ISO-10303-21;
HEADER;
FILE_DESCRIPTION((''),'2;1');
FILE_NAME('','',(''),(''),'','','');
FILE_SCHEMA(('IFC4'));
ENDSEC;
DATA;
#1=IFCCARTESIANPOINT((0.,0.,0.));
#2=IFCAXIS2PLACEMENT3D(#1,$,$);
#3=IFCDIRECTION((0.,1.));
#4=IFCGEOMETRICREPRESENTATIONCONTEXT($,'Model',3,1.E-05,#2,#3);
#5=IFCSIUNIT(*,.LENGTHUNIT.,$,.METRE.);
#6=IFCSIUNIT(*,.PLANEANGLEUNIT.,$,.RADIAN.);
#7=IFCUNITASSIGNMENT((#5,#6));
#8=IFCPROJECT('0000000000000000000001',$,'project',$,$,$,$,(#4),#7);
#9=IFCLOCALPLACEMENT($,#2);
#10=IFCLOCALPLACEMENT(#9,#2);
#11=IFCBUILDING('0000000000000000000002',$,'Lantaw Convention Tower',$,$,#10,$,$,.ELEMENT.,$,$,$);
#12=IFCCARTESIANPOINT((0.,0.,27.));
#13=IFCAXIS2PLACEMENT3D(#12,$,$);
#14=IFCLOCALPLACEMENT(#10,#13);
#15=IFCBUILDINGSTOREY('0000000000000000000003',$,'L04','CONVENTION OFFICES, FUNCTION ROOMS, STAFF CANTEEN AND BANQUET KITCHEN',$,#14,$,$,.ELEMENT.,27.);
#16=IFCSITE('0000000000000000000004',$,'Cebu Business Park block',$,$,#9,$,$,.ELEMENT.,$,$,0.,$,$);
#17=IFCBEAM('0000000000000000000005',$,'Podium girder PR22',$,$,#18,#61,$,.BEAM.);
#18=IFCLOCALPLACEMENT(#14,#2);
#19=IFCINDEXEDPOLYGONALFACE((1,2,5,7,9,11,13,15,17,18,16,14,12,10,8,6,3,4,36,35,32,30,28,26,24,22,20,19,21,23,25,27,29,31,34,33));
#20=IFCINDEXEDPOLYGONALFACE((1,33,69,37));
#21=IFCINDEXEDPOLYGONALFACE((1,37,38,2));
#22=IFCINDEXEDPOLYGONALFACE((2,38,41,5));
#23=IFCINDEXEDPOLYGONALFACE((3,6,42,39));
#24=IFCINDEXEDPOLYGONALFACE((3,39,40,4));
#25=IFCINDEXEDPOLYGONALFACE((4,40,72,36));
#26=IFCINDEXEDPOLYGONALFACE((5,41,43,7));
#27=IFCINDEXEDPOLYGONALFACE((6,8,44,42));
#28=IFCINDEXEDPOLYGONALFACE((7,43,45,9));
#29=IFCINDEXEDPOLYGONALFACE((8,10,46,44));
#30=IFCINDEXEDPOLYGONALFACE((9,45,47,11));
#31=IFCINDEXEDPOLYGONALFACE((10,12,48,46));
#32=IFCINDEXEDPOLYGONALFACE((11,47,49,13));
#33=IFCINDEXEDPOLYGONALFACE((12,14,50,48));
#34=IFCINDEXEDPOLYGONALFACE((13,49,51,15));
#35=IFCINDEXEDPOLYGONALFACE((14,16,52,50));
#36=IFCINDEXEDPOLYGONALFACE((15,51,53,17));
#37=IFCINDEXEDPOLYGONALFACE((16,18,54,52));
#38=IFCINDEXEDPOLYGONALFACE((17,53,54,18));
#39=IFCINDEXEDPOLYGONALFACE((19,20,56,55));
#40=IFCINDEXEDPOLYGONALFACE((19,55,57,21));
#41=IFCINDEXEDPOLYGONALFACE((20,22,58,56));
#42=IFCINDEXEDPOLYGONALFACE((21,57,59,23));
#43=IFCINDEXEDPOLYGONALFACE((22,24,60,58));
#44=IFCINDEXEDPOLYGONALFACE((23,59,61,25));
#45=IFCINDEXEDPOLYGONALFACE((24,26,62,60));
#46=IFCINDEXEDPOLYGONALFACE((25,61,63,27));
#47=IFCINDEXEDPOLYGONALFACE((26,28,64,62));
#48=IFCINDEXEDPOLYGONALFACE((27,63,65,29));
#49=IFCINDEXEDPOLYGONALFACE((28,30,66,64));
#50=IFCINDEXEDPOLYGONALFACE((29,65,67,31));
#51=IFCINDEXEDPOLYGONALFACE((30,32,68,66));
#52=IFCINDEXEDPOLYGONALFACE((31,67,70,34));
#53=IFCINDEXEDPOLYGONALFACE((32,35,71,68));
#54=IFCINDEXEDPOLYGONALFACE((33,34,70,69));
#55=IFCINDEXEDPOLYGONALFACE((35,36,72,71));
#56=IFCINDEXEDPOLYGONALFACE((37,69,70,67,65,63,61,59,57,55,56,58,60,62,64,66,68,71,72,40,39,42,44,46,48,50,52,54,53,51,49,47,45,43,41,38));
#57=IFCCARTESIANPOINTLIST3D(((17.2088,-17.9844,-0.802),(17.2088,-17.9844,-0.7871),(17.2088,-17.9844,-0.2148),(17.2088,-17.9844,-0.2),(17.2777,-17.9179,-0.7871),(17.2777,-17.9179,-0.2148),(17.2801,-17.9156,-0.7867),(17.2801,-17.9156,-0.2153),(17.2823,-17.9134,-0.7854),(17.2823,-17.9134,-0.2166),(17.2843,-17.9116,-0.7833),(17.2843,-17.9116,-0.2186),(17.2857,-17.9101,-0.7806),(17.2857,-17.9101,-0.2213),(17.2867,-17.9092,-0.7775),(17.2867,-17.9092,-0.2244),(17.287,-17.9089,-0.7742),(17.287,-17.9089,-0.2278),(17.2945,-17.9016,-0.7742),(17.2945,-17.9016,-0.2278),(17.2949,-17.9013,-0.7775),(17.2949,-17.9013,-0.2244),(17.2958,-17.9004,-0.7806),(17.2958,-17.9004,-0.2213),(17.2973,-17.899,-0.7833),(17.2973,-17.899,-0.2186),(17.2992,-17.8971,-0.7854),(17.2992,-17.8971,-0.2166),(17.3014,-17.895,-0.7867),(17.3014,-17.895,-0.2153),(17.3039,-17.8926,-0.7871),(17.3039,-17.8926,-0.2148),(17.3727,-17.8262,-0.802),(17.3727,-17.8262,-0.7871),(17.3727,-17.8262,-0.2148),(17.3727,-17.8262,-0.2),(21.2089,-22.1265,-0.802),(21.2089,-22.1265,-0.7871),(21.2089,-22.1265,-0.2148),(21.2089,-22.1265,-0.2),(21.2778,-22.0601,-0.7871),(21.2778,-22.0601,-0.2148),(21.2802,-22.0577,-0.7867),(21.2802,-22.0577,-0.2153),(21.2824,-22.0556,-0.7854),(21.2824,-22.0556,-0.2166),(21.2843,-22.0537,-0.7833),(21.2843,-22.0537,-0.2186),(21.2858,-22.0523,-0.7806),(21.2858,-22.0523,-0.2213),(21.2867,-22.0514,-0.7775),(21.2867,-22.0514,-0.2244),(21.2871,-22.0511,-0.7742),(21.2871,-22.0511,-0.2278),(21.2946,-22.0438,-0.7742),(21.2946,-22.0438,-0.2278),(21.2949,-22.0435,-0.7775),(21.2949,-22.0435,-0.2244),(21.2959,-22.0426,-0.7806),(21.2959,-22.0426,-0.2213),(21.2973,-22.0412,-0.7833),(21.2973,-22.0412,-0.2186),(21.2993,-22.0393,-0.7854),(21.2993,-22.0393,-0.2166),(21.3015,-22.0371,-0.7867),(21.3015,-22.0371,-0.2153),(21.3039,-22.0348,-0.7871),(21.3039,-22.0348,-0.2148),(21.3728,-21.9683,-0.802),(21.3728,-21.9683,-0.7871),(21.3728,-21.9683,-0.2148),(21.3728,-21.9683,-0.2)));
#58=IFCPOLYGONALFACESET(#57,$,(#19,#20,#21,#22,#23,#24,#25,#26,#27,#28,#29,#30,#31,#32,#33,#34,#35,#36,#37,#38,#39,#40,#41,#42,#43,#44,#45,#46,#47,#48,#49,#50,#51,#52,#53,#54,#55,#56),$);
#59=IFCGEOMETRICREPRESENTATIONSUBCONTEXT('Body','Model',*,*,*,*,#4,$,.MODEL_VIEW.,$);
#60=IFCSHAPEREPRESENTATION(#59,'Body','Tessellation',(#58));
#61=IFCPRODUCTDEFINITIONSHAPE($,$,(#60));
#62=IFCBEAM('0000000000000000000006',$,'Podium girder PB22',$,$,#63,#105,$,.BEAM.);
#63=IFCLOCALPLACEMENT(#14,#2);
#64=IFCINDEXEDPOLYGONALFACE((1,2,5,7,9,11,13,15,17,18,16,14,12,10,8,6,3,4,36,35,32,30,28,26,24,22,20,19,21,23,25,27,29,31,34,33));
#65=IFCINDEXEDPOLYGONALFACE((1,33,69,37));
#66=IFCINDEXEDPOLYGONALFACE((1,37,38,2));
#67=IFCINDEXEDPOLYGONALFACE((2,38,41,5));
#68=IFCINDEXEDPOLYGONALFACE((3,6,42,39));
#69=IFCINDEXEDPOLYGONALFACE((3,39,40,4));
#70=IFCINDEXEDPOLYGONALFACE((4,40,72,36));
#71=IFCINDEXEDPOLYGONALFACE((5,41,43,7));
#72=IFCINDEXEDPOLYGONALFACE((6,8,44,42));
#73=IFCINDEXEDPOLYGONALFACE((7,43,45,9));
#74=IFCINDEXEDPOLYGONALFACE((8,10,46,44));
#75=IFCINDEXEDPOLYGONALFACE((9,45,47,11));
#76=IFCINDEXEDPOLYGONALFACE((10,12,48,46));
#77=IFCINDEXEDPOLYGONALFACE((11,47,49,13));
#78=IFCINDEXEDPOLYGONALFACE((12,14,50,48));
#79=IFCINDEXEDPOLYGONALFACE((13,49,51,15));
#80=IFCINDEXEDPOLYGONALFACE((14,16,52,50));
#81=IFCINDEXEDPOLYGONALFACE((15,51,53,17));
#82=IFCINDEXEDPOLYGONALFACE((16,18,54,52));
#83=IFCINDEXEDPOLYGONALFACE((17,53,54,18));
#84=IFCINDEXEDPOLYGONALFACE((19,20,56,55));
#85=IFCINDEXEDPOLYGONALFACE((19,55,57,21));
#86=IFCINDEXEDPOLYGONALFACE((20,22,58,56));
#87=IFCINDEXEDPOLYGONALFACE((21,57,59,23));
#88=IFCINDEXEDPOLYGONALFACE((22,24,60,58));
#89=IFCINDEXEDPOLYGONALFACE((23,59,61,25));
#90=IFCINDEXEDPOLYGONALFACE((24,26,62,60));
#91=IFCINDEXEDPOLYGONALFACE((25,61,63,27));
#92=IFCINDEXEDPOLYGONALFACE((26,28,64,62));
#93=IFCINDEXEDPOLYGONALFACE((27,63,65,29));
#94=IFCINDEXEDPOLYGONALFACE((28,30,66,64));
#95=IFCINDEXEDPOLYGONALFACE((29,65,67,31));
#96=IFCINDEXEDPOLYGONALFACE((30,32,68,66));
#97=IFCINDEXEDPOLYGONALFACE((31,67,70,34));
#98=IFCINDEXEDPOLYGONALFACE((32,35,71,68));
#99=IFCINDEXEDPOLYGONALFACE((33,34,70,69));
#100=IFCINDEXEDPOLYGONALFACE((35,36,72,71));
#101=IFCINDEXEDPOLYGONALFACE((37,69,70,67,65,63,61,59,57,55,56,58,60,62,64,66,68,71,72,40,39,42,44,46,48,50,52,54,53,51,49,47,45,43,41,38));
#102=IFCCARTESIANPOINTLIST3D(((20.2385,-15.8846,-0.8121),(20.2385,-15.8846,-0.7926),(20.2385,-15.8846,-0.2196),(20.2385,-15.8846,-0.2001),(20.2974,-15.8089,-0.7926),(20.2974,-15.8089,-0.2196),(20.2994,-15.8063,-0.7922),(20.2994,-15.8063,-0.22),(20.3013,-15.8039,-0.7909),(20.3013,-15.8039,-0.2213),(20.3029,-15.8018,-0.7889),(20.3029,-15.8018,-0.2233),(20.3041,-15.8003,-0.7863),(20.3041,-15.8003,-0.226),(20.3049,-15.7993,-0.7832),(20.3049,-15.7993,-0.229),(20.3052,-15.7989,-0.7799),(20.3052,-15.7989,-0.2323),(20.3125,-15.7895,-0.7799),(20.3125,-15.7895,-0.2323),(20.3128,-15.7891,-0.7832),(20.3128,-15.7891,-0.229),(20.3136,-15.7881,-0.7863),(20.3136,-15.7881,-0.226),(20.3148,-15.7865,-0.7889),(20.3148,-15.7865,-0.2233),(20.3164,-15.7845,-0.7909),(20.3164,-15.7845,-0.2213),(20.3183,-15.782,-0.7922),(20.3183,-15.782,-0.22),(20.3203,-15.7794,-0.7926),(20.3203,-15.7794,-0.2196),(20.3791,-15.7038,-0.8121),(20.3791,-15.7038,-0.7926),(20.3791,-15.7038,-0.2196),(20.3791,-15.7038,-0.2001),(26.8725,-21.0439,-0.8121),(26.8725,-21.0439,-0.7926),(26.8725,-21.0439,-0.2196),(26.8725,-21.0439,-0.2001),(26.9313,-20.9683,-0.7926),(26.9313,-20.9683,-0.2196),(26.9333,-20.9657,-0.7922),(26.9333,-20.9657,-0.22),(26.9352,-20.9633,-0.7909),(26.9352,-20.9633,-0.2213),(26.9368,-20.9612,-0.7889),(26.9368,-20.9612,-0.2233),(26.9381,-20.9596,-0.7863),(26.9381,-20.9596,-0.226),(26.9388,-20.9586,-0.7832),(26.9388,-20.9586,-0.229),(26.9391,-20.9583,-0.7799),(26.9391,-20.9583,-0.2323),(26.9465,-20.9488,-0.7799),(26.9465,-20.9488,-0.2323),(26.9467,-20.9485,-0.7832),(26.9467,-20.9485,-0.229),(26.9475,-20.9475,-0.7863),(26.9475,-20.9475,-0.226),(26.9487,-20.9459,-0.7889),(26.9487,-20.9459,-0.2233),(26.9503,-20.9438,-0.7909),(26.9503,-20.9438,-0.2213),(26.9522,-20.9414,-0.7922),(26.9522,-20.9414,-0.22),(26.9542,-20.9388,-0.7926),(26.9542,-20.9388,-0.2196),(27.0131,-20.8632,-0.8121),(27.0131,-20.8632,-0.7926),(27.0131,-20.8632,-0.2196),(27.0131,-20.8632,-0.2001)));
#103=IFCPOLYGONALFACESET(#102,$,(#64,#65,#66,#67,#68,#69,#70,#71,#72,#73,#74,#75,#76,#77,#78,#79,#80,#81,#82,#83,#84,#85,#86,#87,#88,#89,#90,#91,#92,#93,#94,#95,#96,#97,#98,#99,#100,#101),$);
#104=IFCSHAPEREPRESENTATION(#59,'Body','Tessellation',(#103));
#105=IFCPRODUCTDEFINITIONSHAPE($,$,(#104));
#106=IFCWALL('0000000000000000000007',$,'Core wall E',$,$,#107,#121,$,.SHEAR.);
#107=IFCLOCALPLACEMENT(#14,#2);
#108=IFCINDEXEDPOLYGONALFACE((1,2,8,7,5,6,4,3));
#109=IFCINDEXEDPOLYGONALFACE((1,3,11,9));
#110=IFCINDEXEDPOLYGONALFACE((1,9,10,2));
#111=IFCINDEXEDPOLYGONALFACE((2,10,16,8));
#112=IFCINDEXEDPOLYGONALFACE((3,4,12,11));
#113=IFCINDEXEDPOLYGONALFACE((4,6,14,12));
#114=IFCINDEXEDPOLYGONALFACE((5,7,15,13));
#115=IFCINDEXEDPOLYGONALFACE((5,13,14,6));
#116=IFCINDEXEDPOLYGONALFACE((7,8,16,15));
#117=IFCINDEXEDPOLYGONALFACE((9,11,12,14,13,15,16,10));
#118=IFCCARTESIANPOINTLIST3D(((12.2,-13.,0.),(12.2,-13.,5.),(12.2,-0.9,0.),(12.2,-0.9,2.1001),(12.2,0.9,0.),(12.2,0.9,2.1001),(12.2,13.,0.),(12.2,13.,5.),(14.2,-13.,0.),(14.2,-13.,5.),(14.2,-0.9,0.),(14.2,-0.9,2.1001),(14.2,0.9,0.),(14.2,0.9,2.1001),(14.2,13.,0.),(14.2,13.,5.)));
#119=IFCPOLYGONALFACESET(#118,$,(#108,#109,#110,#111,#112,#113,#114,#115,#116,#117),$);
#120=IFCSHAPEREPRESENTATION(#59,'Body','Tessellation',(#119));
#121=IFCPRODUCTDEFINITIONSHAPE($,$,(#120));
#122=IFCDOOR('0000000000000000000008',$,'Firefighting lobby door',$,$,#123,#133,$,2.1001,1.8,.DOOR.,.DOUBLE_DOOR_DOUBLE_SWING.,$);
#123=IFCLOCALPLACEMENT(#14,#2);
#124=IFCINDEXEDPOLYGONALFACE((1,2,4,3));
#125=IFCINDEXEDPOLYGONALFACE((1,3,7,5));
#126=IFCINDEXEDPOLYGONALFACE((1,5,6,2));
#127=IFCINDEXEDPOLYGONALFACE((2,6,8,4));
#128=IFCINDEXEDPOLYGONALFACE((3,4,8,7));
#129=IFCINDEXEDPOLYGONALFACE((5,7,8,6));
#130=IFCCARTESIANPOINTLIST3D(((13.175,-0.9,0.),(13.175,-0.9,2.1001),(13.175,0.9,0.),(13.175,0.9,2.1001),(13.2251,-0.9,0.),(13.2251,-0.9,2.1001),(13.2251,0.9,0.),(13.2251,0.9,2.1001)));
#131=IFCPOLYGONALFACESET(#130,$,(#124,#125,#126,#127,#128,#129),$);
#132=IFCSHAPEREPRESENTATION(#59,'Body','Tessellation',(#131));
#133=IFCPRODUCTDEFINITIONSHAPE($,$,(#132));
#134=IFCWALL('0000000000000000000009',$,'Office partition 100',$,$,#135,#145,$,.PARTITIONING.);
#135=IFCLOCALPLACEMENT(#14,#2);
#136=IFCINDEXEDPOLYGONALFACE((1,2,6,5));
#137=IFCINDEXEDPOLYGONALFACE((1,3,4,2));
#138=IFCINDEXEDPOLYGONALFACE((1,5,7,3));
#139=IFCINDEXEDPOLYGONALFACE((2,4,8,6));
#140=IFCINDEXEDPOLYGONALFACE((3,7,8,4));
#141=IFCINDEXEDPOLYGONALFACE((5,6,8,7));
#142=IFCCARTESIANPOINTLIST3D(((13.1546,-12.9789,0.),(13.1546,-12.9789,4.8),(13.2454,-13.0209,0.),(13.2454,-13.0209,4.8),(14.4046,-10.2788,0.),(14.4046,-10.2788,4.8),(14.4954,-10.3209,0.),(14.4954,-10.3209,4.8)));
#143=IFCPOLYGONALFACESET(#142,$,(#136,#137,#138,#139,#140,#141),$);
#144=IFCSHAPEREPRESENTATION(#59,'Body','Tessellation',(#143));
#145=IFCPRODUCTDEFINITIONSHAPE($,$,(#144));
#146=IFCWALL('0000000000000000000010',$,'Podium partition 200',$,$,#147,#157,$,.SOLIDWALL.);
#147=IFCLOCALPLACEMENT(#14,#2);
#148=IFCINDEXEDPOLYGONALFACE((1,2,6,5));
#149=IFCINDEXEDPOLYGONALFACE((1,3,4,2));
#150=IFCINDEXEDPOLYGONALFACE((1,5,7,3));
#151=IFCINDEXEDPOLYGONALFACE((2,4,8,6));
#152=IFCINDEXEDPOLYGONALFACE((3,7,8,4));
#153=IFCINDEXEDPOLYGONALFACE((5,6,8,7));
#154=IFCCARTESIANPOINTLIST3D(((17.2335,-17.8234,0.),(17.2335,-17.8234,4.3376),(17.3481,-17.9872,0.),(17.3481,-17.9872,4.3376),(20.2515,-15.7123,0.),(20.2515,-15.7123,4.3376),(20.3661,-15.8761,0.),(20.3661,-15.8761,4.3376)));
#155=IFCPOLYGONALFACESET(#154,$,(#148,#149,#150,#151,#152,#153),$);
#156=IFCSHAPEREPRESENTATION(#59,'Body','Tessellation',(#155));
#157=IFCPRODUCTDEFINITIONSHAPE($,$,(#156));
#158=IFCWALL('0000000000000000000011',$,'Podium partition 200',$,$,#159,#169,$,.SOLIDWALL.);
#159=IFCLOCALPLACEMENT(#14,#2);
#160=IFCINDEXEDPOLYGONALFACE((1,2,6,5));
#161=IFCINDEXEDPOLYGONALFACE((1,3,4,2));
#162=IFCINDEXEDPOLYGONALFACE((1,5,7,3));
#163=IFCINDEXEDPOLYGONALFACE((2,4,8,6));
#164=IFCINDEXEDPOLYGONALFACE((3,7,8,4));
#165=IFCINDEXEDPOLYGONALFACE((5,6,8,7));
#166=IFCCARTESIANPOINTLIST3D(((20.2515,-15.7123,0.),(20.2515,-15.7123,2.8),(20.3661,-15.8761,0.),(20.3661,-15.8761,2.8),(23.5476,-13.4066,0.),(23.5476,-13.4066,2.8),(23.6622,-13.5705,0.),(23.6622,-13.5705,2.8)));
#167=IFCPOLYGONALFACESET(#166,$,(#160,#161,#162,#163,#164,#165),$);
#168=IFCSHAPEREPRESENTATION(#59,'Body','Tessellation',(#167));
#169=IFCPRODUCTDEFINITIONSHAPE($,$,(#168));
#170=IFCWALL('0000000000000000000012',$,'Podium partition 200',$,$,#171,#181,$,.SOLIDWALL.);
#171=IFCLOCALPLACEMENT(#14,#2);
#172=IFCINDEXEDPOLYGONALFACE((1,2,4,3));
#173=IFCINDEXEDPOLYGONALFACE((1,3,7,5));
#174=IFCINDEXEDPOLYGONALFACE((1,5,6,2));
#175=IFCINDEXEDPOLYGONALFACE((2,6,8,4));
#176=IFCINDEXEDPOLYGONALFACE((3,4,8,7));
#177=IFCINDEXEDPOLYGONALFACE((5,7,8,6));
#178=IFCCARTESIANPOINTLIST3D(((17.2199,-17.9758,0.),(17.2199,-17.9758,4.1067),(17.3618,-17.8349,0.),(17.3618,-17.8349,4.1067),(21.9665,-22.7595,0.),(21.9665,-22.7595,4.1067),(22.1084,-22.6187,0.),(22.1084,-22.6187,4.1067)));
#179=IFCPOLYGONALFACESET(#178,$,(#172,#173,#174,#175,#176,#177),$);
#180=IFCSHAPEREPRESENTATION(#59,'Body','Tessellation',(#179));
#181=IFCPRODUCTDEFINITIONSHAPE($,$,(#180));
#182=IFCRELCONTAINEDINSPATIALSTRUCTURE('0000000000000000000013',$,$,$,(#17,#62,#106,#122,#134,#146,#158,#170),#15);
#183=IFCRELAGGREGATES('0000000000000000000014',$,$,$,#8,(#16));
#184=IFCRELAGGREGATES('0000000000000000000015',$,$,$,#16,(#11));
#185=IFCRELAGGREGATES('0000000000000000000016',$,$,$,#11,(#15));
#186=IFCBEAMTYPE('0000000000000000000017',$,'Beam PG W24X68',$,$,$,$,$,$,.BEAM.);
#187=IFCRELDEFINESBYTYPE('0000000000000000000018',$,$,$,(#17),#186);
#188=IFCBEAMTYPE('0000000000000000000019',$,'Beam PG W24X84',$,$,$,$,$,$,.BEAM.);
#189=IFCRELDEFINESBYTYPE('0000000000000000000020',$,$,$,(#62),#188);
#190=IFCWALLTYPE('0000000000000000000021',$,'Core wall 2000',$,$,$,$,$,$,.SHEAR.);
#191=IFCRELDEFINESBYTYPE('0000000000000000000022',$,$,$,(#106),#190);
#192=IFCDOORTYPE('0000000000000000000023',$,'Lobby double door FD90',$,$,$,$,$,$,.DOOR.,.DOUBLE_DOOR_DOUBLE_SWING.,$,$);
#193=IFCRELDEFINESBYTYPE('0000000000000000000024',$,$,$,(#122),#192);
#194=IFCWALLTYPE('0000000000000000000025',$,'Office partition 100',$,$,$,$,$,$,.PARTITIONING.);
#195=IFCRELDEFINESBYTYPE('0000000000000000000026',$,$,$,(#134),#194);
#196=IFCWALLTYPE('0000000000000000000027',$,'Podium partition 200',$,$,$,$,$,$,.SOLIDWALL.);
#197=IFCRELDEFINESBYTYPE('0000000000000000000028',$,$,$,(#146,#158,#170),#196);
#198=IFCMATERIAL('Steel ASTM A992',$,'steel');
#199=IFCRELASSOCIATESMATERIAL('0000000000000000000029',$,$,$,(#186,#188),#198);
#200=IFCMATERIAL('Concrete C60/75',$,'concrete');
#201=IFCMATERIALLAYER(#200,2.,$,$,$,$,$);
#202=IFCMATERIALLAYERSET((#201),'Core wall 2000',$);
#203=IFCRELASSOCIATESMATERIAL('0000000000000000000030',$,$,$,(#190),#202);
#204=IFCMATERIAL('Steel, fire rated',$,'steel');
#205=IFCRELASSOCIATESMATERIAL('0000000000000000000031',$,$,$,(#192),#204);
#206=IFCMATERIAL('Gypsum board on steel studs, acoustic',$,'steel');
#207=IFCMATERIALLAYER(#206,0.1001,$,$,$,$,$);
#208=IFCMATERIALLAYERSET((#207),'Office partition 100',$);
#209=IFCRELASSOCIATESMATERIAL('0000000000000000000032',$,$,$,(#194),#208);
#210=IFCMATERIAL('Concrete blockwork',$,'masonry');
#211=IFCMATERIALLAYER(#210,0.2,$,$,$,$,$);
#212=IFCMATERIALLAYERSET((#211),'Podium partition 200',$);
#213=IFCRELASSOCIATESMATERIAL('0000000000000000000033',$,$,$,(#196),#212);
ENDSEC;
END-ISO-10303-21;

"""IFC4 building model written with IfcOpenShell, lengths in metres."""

from ifc_helpers import new_model, si_unit, direction, frame, frame_2d, origin, origin_2d, place, context, subcontext, project, spatial, rectangle, i_section, extrude, material, layer, layer_set, material_profile, profile_set, type_object, element, fill, save


model = new_model("IFC4")

# Units and contexts
model_context = context("Model", 3, precision=1e-05, world=origin(), true_north=direction((0.0, 1.0)))
body_context = subcontext(model_context, "Body", "Model", "MODEL_VIEW")
ifc_project = project(units=[si_unit("LENGTHUNIT", "METRE"), si_unit("PLANEANGLEUNIT", "RADIAN")], contexts=[model_context])

# Site, building, storey
site_placement = place(None, origin())
site = spatial("IfcSite", under=ifc_project, at=site_placement, Name="Cebu Business Park block", CompositionType="ELEMENT", RefElevation=0.0)
building_placement = place(site_placement, origin())
building = spatial("IfcBuilding", under=site, at=building_placement, Name="Lantaw Convention Tower", CompositionType="ELEMENT")
storey_placement = place(building_placement, frame((0.0, 0.0, 27.0)))
storey = spatial("IfcBuildingStorey", under=building, at=storey_placement, Name="L04", Description="CONVENTION OFFICES, FUNCTION ROOMS, STAFF CANTEEN AND BANQUET KITCHEN", CompositionType="ELEMENT", Elevation=27.0)

# Shared definitions
ifc_material_1 = material(Name="Concrete C60/75", Category="concrete")

# Beams
ifc_material_2 = material(Name="Steel ASTM A992", Category="steel")
ifc_material_profile_1 = material_profile(ifc_material_2, i_section(OverallWidth=0.2278, OverallDepth=0.6021, WebThickness=0.0105, FlangeThickness=0.0149, FilletRadius=0.0129, at=origin_2d()), Name="W24X68")
ifc_profile_set_1 = profile_set([ifc_material_profile_1], Name="Steel ASTM A992")
beam_type_1 = type_object("IfcBeamType", Name="Beam PG W24X68", PredefinedType="BEAM", material=ifc_profile_set_1)
beam_1_placement = place(storey_placement, frame((17.2908, -17.9053, -0.501), z_axis=(0.694661, -0.719337, 0.0), x_axis=(0.719337, 0.694661, 0.0)))
element("IfcBeam", 1, at=beam_1_placement, inside=storey, type_object=beam_type_1, Name="Podium girder PR22", PredefinedType="BEAM", context=body_context, shape_type="SweptSolid", body=[
    extrude(i_section(OverallWidth=0.2278, OverallDepth=0.6021, WebThickness=0.0105, FlangeThickness=0.0149, FilletRadius=0.0129, at=origin_2d()), origin(), (0.0, 0.0, 1.0), 5.7583),
])
ifc_material_profile_2 = material_profile(ifc_material_2, i_section(OverallWidth=0.229, OverallDepth=0.6121, WebThickness=0.012, FlangeThickness=0.0195, FilletRadius=0.0127, at=origin_2d()), Name="W24X84")
ifc_profile_set_2 = profile_set([ifc_material_profile_2], Name="Steel ASTM A992")
beam_type_2 = type_object("IfcBeamType", Name="Beam PG W24X84", PredefinedType="BEAM", material=ifc_profile_set_2)
beam_2_placement = place(storey_placement, frame((20.3088, -15.7942, -0.5061), z_axis=(0.789374, -0.613912, 0.0), x_axis=(0.613912, 0.789374, 0.0)))
element("IfcBeam", 2, at=beam_2_placement, inside=storey, type_object=beam_type_2, Name="Podium girder PB22", PredefinedType="BEAM", context=body_context, shape_type="SweptSolid", body=[
    extrude(i_section(OverallWidth=0.229, OverallDepth=0.6121, WebThickness=0.012, FlangeThickness=0.0195, FilletRadius=0.0127, at=origin_2d()), origin(), (0.0, 0.0, 1.0), 8.4041),
])

# Wall, opening, door
ifc_layer_1 = layer(ifc_material_1, 2.0)
ifc_layer_set_1 = layer_set([ifc_layer_1], Name="Core wall 2000")
wall_type_1 = type_object("IfcWallType", Name="Core wall 2000", PredefinedType="SHEAR", material=ifc_layer_set_1)
wall_1_placement = place(storey_placement, frame((13.2, -13.0, 0.0), z_axis=(0.0, 0.0, 1.0), x_axis=(0.0, 1.0, 0.0)))
wall_1 = element("IfcWall", 3, at=wall_1_placement, inside=storey, type_object=wall_type_1, Name="Core wall E", PredefinedType="SHEAR", context=body_context, shape_type="SweptSolid", body=[
    extrude(rectangle(XDim=26.0, YDim=2.0, at=frame_2d((13.0, 0.0))), origin(), (0.0, 0.0, 1.0), 5.0),
])
opening_placement = place(wall_1_placement, frame((12.1001, 0.0, 0.0)))
opening = element("IfcOpeningElement", 4, at=opening_placement, cuts=wall_1, PredefinedType="OPENING", context=body_context, shape_type="SweptSolid", body=[
    extrude(rectangle(XDim=1.8, YDim=2.1001, at=frame_2d((0.8999, 1.05))), frame((0.0, 1.01, 0.0), z_axis=(0.0, -1.0, 0.0), x_axis=(1.0, 0.0, 0.0)), (0.0, 0.0, 1.0), 2.02),
])
ifc_material_3 = material(Name="Steel, fire rated", Category="steel")
door_type = type_object("IfcDoorType", Name="Lobby double door FD90", OperationType="DOUBLE_DOOR_DOUBLE_SWING", PredefinedType="DOOR", material=ifc_material_3)
door_placement = place(opening_placement, origin())
door = element("IfcDoor", 5, at=door_placement, inside=storey, type_object=door_type, Name="Firefighting lobby door", OperationType="DOUBLE_DOOR_DOUBLE_SWING", OverallHeight=2.1001, OverallWidth=1.8, PredefinedType="DOOR", context=body_context, shape_type="SweptSolid", body=[
    extrude(rectangle(XDim=1.8, YDim=2.1001, at=frame_2d((0.8999, 1.05))), frame((0.0, 0.0249, 0.0), z_axis=(0.0, -1.0, 0.0), x_axis=(1.0, 0.0, 0.0)), (0.0, 0.0, 1.0), 0.05),
])
fill(opening, door)

# Walls
ifc_material_4 = material(Name="Gypsum board on steel studs, acoustic", Category="steel")
ifc_layer_2 = layer(ifc_material_4, 0.1001)
ifc_layer_set_2 = layer_set([ifc_layer_2], Name="Office partition 100")
wall_type_2 = type_object("IfcWallType", Name="Office partition 100", PredefinedType="PARTITIONING", material=ifc_layer_set_2)
wall_2_placement = place(storey_placement, frame((13.2, -13.0, 0.0), z_axis=(0.0, 0.0, 1.0), x_axis=(0.42013, 0.907464, 0.0)))
element("IfcWall", 6, at=wall_2_placement, inside=storey, type_object=wall_type_2, Name="Office partition 100", PredefinedType="PARTITIONING", context=body_context, shape_type="SweptSolid", body=[
    extrude(rectangle(XDim=2.9753, YDim=0.1001, at=frame_2d((1.4878, 0.0))), origin(), (0.0, 0.0, 1.0), 4.8),
])
ifc_material_5 = material(Name="Concrete blockwork", Category="masonry")
ifc_layer_3 = layer(ifc_material_5, 0.2)
ifc_layer_set_3 = layer_set([ifc_layer_3], Name="Podium partition 200")
wall_type_3 = type_object("IfcWallType", Name="Podium partition 200", PredefinedType="SOLIDWALL", material=ifc_layer_set_3)
wall_3_placement = place(storey_placement, frame((17.2908, -17.9053, 0.0), z_axis=(0.0, 0.0, 1.0), x_axis=(0.819431, 0.573178, 0.0)))
element("IfcWall", 7, at=wall_3_placement, inside=storey, type_object=wall_type_3, Name="Podium partition 200", PredefinedType="SOLIDWALL", context=body_context, shape_type="SweptSolid", body=[
    extrude(rectangle(XDim=3.6831, YDim=0.2, at=frame_2d((1.8416, 0.0))), origin(), (0.0, 0.0, 1.0), 4.3376),
])
wall_4_placement = place(storey_placement, frame((20.3088, -15.7942, 0.0), z_axis=(0.0, 0.0, 1.0), x_axis=(0.819423, 0.573189, 0.0)))
element("IfcWall", 8, at=wall_4_placement, inside=storey, type_object=wall_type_3, Name="Podium partition 200", PredefinedType="SOLIDWALL", context=body_context, shape_type="SweptSolid", body=[
    extrude(rectangle(XDim=4.0225, YDim=0.2, at=frame_2d((2.0112, 0.0))), origin(), (0.0, 0.0, 1.0), 2.8),
])
wall_5_placement = place(storey_placement, frame((17.2908, -17.9053, 0.0), z_axis=(0.0, 0.0, 1.0), x_axis=(0.704348, -0.709855, 0.0)))
element("IfcWall", 9, at=wall_5_placement, inside=storey, type_object=wall_type_3, Name="Podium partition 200", PredefinedType="SOLIDWALL", context=body_context, shape_type="SweptSolid", body=[
    extrude(rectangle(XDim=6.739, YDim=0.2, at=frame_2d((3.3696, 0.0))), origin(), (0.0, 0.0, 1.0), 4.1067),
])

save(model, "model.ifc")
